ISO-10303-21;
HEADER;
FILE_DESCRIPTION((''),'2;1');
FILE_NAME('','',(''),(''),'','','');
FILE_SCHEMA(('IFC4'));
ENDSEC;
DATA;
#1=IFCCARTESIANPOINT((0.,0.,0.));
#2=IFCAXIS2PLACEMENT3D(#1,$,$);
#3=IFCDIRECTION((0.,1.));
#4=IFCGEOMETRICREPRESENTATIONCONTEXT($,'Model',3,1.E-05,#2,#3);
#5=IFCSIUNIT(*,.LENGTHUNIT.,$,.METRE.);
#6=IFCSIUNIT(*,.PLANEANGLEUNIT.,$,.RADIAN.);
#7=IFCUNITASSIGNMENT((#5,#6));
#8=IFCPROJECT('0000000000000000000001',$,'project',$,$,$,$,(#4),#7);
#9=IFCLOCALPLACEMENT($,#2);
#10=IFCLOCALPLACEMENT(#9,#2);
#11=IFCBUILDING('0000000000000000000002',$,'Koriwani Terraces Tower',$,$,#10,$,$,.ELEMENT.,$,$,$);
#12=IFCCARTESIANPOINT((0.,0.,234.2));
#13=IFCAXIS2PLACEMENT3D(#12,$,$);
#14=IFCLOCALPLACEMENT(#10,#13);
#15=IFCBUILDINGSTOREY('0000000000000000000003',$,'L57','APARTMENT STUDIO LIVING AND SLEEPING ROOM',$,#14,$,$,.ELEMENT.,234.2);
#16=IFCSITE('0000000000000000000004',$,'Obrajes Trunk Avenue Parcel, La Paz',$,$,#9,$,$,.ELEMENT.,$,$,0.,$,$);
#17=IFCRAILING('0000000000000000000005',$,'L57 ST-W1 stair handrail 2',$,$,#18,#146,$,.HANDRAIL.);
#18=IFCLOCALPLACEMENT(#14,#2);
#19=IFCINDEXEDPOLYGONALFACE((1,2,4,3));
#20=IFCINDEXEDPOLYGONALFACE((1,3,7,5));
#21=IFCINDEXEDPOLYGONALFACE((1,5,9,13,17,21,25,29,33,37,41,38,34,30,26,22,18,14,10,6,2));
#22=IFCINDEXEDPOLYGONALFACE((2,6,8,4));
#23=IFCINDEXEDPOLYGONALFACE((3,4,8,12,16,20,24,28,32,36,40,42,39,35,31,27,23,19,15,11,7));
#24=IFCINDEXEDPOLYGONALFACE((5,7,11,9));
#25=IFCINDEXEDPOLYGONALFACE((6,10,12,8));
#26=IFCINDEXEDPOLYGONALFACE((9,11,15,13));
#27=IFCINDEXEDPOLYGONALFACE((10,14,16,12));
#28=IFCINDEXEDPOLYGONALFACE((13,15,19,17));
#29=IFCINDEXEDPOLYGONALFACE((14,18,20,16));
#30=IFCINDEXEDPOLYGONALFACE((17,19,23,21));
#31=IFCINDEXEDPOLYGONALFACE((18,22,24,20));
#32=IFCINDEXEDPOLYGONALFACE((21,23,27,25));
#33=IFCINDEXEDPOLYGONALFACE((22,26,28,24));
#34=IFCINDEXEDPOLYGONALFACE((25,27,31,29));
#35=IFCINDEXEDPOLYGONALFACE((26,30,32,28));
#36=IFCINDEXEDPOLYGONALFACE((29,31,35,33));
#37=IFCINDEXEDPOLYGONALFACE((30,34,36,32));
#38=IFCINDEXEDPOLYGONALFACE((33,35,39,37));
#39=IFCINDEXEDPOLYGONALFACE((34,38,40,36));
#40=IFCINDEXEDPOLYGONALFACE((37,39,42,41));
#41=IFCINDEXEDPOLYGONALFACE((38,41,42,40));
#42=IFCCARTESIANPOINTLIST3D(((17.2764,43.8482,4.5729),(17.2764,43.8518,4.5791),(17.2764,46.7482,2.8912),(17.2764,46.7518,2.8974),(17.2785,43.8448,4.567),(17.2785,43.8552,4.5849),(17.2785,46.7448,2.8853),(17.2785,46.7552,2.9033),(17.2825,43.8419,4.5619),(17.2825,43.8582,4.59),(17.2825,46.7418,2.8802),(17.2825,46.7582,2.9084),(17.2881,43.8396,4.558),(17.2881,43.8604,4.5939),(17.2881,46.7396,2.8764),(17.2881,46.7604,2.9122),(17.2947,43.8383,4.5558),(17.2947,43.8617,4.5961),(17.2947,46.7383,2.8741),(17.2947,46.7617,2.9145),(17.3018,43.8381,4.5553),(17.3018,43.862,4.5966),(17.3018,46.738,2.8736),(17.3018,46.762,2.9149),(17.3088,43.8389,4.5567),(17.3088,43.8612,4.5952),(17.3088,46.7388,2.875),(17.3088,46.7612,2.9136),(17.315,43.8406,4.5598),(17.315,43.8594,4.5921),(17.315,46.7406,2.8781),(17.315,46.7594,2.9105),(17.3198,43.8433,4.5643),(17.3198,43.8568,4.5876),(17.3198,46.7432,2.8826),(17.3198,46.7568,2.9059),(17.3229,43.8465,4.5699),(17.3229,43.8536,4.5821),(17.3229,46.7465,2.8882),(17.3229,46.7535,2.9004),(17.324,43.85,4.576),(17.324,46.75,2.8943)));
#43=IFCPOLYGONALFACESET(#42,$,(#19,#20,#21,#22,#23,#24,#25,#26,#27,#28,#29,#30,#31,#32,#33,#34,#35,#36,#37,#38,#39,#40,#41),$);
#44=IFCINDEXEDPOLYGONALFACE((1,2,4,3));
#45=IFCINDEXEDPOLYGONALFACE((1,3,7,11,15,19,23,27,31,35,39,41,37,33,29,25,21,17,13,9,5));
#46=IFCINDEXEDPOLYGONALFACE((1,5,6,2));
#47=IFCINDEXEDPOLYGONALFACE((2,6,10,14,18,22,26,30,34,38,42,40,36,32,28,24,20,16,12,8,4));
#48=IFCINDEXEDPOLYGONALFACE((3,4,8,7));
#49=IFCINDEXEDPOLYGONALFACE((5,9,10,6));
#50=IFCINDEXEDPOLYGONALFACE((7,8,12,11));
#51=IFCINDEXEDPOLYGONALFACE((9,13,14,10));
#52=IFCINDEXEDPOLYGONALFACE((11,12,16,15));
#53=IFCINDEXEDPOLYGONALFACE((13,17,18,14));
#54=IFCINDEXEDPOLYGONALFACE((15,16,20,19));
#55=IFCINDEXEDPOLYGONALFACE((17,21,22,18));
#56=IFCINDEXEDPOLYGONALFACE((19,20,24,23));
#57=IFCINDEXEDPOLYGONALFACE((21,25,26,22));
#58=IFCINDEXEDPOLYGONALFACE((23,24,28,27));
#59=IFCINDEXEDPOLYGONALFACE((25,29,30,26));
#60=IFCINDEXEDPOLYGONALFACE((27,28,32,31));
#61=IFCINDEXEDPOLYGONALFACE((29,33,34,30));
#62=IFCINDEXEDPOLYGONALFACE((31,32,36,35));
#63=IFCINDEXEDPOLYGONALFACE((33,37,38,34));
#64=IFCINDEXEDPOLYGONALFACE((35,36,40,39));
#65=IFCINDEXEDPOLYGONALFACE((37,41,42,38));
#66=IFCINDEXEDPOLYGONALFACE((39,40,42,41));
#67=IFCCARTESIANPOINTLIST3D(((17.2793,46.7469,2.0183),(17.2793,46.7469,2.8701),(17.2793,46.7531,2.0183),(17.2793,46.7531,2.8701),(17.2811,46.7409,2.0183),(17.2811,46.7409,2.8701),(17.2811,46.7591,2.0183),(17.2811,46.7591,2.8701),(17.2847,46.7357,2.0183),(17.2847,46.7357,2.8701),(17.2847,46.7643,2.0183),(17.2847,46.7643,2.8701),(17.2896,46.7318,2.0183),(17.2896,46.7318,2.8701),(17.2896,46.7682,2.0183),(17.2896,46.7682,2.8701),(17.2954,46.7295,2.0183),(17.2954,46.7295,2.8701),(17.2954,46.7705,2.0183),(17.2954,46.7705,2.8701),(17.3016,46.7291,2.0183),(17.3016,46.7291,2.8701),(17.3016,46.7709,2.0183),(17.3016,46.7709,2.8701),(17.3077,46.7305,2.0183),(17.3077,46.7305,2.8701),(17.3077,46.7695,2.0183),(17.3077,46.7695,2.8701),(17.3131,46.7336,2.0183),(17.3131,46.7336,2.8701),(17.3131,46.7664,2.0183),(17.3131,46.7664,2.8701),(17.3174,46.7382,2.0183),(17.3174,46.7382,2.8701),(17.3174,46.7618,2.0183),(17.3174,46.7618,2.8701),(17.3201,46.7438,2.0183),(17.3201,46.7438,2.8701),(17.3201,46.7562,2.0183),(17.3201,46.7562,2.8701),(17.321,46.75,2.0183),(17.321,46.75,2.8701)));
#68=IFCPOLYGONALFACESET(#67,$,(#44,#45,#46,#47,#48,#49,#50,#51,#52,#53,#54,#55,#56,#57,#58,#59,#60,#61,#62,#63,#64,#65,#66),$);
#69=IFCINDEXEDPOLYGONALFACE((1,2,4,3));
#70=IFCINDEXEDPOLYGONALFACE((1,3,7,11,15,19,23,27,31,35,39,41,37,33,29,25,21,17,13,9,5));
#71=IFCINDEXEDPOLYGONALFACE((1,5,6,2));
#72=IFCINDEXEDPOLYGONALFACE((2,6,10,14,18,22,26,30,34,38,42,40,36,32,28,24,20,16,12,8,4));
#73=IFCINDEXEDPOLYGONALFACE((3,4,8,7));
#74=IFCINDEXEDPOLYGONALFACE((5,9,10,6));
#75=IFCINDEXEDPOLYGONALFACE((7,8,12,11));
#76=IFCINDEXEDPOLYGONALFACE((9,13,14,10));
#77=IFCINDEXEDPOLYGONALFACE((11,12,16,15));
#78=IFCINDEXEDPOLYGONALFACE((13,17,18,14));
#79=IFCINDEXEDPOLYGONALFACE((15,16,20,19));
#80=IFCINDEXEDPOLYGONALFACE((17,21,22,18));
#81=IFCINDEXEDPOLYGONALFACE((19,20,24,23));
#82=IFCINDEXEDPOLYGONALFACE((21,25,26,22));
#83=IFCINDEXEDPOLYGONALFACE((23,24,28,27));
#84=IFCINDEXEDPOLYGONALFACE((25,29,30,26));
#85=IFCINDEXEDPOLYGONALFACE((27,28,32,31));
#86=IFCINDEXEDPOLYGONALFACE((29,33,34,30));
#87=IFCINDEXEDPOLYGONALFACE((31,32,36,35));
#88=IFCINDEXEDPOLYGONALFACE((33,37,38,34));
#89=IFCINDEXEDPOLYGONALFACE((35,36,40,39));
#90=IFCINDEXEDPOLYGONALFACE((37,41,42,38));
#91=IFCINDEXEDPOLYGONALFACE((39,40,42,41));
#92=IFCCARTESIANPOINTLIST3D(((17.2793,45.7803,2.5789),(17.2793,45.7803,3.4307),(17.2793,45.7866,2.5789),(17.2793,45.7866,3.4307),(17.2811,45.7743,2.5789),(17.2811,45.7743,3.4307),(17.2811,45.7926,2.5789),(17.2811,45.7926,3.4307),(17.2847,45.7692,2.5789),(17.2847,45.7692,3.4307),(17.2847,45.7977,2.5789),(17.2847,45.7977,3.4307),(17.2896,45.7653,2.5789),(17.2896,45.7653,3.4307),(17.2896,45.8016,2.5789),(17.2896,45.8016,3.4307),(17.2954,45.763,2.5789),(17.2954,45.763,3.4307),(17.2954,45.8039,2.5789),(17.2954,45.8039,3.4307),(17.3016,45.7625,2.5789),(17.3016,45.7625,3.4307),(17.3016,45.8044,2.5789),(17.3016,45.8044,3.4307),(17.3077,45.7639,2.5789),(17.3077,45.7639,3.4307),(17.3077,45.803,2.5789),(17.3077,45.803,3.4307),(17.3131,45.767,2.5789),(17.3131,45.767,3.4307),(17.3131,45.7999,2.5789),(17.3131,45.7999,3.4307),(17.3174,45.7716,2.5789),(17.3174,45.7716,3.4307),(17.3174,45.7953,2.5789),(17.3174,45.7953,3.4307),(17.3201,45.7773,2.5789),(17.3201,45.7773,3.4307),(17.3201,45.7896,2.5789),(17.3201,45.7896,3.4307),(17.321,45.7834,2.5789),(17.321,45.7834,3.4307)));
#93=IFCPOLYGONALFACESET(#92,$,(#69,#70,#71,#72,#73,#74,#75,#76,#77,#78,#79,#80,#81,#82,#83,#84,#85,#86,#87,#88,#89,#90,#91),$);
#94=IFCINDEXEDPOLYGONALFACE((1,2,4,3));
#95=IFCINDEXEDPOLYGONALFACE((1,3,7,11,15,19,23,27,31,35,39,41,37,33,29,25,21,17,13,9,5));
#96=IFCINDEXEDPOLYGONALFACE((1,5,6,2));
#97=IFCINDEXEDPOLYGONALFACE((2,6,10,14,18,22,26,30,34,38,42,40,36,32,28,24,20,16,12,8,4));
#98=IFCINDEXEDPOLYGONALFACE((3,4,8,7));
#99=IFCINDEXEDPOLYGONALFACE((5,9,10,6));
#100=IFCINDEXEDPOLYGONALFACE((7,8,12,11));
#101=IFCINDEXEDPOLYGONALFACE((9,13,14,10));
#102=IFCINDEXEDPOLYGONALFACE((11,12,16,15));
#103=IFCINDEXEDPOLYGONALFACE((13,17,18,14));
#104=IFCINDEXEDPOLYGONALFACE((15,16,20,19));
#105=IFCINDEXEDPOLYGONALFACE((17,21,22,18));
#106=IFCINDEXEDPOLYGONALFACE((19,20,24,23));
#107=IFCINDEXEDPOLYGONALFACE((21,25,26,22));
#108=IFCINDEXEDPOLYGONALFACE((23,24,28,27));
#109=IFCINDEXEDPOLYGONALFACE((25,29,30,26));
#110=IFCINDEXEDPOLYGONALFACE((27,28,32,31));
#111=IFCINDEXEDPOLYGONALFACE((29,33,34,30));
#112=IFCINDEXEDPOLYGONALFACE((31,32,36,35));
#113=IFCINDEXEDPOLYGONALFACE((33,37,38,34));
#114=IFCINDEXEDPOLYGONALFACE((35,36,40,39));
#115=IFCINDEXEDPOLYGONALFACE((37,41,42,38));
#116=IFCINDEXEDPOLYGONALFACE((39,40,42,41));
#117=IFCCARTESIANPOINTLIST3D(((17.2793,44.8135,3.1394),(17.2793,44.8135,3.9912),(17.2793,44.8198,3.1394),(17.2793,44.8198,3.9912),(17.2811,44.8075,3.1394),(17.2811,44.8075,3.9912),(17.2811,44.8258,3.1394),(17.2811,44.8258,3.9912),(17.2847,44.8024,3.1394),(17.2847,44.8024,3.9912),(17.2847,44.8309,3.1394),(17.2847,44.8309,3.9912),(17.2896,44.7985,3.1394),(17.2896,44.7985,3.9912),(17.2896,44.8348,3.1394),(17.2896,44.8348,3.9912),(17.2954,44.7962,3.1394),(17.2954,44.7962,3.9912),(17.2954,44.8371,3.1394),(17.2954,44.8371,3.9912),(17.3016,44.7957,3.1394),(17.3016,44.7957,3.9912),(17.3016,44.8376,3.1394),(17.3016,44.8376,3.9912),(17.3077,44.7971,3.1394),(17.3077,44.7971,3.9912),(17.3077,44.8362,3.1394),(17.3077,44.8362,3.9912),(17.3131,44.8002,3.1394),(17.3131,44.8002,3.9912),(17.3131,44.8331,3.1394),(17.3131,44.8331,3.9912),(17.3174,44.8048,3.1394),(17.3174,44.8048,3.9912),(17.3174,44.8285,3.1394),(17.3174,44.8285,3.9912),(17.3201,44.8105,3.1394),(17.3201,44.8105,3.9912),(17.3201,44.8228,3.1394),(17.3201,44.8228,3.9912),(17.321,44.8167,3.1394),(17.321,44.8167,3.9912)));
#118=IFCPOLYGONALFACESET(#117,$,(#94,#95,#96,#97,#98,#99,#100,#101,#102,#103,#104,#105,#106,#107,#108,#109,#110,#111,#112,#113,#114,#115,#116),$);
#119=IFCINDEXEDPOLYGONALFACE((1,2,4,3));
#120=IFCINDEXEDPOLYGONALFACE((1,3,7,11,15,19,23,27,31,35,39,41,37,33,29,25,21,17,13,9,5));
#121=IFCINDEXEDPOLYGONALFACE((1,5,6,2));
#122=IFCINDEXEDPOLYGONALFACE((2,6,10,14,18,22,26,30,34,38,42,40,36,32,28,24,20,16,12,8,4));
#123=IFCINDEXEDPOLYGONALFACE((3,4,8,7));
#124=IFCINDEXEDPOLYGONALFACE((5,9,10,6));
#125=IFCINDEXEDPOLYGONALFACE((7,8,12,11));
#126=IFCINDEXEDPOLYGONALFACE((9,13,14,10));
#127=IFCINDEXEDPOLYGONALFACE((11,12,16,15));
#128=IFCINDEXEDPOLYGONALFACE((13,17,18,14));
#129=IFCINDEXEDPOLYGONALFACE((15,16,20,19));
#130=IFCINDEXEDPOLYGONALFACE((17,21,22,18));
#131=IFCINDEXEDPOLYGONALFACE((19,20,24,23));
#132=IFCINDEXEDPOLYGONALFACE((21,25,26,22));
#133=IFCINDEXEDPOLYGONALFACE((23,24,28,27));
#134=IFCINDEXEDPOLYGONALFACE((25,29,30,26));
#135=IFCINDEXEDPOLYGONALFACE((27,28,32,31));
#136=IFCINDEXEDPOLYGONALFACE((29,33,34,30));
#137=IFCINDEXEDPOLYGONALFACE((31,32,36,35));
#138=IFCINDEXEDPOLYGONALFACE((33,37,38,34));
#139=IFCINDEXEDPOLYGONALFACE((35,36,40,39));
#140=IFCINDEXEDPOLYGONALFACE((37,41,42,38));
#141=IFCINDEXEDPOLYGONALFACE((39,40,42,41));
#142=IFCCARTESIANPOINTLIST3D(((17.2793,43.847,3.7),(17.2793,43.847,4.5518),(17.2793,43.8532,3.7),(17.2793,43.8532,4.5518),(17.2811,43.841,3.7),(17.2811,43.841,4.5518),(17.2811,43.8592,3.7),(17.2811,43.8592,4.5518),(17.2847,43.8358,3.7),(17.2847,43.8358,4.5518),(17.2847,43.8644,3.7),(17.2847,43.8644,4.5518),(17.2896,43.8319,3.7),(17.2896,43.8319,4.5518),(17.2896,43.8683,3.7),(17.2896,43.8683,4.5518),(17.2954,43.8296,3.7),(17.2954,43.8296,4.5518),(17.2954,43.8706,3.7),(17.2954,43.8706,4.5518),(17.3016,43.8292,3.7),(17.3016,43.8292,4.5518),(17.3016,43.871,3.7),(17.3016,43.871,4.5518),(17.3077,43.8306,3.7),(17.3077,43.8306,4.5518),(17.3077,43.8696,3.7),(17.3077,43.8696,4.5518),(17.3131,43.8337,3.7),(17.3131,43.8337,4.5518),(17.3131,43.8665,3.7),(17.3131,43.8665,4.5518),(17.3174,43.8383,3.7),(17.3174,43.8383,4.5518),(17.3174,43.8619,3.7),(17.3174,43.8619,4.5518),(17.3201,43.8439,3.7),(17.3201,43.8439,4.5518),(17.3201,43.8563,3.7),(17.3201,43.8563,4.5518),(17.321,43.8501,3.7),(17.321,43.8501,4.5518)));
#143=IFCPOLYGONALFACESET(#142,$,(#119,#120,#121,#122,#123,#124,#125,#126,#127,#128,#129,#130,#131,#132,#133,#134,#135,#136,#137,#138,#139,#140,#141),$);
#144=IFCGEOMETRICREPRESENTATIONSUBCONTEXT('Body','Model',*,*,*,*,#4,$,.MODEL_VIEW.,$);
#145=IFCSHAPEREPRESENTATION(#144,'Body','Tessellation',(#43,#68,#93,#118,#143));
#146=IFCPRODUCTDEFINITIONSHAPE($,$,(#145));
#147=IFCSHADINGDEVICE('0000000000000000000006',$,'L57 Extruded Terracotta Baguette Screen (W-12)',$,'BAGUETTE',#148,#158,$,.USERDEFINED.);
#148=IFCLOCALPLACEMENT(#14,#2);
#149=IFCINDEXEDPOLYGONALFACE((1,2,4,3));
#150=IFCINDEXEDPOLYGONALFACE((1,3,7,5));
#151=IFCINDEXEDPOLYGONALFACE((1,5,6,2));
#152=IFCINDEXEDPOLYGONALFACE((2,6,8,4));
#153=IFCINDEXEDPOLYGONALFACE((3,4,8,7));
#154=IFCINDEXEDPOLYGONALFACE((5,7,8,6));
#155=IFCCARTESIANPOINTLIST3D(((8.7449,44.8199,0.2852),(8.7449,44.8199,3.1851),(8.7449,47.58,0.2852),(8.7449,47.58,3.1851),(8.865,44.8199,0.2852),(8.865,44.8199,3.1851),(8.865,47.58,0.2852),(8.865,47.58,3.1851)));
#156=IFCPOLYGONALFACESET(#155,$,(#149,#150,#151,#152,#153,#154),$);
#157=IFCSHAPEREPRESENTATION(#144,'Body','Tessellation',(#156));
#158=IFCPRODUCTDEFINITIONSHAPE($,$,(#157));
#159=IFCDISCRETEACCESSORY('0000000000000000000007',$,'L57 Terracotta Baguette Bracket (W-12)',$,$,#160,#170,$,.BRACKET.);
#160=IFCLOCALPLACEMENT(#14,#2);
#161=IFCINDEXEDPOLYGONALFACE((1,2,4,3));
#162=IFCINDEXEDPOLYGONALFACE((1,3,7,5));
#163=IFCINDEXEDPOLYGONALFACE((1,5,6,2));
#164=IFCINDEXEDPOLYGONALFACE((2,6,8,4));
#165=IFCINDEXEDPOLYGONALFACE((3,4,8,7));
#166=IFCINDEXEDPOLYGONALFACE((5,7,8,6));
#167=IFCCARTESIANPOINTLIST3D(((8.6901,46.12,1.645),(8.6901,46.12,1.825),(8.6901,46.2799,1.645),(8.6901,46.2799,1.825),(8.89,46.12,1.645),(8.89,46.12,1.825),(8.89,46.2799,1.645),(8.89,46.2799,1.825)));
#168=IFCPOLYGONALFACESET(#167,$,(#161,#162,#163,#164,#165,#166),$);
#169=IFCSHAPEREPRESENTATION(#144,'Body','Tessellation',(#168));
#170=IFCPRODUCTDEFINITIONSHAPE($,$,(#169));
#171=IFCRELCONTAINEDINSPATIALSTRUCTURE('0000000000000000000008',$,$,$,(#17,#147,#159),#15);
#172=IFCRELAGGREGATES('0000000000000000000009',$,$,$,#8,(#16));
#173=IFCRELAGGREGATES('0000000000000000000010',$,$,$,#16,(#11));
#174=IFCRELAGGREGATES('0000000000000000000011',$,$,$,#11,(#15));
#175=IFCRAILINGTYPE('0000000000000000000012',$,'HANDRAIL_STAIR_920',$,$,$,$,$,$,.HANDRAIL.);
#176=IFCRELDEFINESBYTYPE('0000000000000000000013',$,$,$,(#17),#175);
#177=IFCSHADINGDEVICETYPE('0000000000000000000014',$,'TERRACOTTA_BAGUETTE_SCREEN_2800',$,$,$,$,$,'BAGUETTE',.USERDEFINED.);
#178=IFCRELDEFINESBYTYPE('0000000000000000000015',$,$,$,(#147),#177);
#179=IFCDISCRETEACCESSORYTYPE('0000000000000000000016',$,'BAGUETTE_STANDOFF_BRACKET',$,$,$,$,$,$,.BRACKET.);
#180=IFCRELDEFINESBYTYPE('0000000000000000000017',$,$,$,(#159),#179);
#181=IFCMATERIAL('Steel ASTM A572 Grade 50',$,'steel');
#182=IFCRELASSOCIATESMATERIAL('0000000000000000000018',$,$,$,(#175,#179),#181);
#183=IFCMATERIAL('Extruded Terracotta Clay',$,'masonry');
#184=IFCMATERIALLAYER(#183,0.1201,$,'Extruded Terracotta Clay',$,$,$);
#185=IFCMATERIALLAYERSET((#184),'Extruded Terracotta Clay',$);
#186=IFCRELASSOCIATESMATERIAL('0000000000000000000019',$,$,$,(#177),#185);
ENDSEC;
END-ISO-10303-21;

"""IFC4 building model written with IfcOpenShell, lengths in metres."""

from ifc_helpers import new_model, si_unit, direction, frame, origin, origin_2d, place, context, subcontext, project, spatial, rectangle, circle, extrude, material, layer, layer_set, type_object, element, save


model = new_model("IFC4")

# Units and contexts
model_context = context("Model", 3, precision=1e-05, world=origin(), true_north=direction((0.0, 1.0)))
body_context = subcontext(model_context, "Body", "Model", "MODEL_VIEW")
ifc_project = project(units=[si_unit("LENGTHUNIT", "METRE"), si_unit("PLANEANGLEUNIT", "RADIAN")], contexts=[model_context])

# Site, building, storey
site_placement = place(None, origin())
site = spatial("IfcSite", under=ifc_project, at=site_placement, Name="Obrajes Trunk Avenue Parcel, La Paz", CompositionType="ELEMENT", RefElevation=0.0)
building_placement = place(site_placement, origin())
building = spatial("IfcBuilding", under=site, at=building_placement, Name="Koriwani Terraces Tower", CompositionType="ELEMENT")
storey_placement = place(building_placement, frame((0.0, 0.0, 234.2)))
storey = spatial("IfcBuildingStorey", under=building, at=storey_placement, Name="L57", Description="APARTMENT STUDIO LIVING AND SLEEPING ROOM", CompositionType="ELEMENT", Elevation=234.2)

# Shared definitions
ifc_material_1 = material(Name="Steel ASTM A572 Grade 50", Category="steel")

# Railing
railing_type_1 = type_object("IfcRailingType", Name="HANDRAIL_STAIR_920", PredefinedType="HANDRAIL", material=ifc_material_1)
railing_1_placement = place(storey_placement, frame((17.3, 46.75, 2.0183)))
element("IfcRailing", 1, at=railing_1_placement, inside=storey, type_object=railing_type_1, Name="L57 ST-W1 stair handrail 2", PredefinedType="HANDRAIL", context=body_context, shape_type="SweptSolid", body=[
    extrude(circle(Radius=0.0239, at=origin_2d()), frame((0.0, 0.0, 0.876), z_axis=(0.0, -0.86507, 0.501651), x_axis=(1.0, 0.0, 0.0)), (0.0, 0.0, 1.0), 3.3523),
    extrude(circle(Radius=0.021, at=origin_2d()), origin(), (0.0, 0.0, 1.0), 0.8518),
    extrude(circle(Radius=0.021, at=origin_2d()), frame((0.0, -0.9666, 0.5605)), (0.0, 0.0, 1.0), 0.8518),
    extrude(circle(Radius=0.021, at=origin_2d()), frame((0.0, -1.9333, 1.1211)), (0.0, 0.0, 1.0), 0.8518),
    extrude(circle(Radius=0.021, at=origin_2d()), frame((0.0, -2.8999, 1.6816)), (0.0, 0.0, 1.0), 0.8518),
])

# Shading device
ifc_material_2 = material(Name="Extruded Terracotta Clay", Category="masonry")
ifc_layer_1 = layer(ifc_material_2, 0.1201, Name="Extruded Terracotta Clay")
ifc_layer_set_1 = layer_set([ifc_layer_1], Name="Extruded Terracotta Clay")
shading_device_type = type_object("IfcShadingDeviceType", Name="TERRACOTTA_BAGUETTE_SCREEN_2800", ElementType="BAGUETTE", PredefinedType="USERDEFINED", material=ifc_layer_set_1)
shading_device_placement = place(storey_placement, frame((8.8049, 46.2, 0.2852), z_axis=(0.0, 0.0, 1.0), x_axis=(0.0, 1.0, 0.0)))
element("IfcShadingDevice", 2, at=shading_device_placement, inside=storey, type_object=shading_device_type, Name="L57 Extruded Terracotta Baguette Screen (W-12)", ObjectType="BAGUETTE", PredefinedType="USERDEFINED", context=body_context, shape_type="SweptSolid", body=[
    extrude(rectangle(XDim=2.76, YDim=0.1201, at=origin_2d()), origin(), (0.0, 0.0, 1.0), 2.8999),
])

# Discrete accessory
discrete_accessory_type = type_object("IfcDiscreteAccessoryType", Name="BAGUETTE_STANDOFF_BRACKET", PredefinedType="BRACKET", material=ifc_material_1)
discrete_accessory_placement = place(storey_placement, frame((8.79, 46.2, 1.645), z_axis=(0.0, 0.0, 1.0), x_axis=(0.0, 1.0, 0.0)))
element("IfcDiscreteAccessory", 3, at=discrete_accessory_placement, inside=storey, type_object=discrete_accessory_type, Name="L57 Terracotta Baguette Bracket (W-12)", PredefinedType="BRACKET", context=body_context, shape_type="SweptSolid", body=[
    extrude(rectangle(XDim=0.1599, YDim=0.2, at=origin_2d()), origin(), (0.0, 0.0, 1.0), 0.1799),
])

save(model, "model.ifc")
